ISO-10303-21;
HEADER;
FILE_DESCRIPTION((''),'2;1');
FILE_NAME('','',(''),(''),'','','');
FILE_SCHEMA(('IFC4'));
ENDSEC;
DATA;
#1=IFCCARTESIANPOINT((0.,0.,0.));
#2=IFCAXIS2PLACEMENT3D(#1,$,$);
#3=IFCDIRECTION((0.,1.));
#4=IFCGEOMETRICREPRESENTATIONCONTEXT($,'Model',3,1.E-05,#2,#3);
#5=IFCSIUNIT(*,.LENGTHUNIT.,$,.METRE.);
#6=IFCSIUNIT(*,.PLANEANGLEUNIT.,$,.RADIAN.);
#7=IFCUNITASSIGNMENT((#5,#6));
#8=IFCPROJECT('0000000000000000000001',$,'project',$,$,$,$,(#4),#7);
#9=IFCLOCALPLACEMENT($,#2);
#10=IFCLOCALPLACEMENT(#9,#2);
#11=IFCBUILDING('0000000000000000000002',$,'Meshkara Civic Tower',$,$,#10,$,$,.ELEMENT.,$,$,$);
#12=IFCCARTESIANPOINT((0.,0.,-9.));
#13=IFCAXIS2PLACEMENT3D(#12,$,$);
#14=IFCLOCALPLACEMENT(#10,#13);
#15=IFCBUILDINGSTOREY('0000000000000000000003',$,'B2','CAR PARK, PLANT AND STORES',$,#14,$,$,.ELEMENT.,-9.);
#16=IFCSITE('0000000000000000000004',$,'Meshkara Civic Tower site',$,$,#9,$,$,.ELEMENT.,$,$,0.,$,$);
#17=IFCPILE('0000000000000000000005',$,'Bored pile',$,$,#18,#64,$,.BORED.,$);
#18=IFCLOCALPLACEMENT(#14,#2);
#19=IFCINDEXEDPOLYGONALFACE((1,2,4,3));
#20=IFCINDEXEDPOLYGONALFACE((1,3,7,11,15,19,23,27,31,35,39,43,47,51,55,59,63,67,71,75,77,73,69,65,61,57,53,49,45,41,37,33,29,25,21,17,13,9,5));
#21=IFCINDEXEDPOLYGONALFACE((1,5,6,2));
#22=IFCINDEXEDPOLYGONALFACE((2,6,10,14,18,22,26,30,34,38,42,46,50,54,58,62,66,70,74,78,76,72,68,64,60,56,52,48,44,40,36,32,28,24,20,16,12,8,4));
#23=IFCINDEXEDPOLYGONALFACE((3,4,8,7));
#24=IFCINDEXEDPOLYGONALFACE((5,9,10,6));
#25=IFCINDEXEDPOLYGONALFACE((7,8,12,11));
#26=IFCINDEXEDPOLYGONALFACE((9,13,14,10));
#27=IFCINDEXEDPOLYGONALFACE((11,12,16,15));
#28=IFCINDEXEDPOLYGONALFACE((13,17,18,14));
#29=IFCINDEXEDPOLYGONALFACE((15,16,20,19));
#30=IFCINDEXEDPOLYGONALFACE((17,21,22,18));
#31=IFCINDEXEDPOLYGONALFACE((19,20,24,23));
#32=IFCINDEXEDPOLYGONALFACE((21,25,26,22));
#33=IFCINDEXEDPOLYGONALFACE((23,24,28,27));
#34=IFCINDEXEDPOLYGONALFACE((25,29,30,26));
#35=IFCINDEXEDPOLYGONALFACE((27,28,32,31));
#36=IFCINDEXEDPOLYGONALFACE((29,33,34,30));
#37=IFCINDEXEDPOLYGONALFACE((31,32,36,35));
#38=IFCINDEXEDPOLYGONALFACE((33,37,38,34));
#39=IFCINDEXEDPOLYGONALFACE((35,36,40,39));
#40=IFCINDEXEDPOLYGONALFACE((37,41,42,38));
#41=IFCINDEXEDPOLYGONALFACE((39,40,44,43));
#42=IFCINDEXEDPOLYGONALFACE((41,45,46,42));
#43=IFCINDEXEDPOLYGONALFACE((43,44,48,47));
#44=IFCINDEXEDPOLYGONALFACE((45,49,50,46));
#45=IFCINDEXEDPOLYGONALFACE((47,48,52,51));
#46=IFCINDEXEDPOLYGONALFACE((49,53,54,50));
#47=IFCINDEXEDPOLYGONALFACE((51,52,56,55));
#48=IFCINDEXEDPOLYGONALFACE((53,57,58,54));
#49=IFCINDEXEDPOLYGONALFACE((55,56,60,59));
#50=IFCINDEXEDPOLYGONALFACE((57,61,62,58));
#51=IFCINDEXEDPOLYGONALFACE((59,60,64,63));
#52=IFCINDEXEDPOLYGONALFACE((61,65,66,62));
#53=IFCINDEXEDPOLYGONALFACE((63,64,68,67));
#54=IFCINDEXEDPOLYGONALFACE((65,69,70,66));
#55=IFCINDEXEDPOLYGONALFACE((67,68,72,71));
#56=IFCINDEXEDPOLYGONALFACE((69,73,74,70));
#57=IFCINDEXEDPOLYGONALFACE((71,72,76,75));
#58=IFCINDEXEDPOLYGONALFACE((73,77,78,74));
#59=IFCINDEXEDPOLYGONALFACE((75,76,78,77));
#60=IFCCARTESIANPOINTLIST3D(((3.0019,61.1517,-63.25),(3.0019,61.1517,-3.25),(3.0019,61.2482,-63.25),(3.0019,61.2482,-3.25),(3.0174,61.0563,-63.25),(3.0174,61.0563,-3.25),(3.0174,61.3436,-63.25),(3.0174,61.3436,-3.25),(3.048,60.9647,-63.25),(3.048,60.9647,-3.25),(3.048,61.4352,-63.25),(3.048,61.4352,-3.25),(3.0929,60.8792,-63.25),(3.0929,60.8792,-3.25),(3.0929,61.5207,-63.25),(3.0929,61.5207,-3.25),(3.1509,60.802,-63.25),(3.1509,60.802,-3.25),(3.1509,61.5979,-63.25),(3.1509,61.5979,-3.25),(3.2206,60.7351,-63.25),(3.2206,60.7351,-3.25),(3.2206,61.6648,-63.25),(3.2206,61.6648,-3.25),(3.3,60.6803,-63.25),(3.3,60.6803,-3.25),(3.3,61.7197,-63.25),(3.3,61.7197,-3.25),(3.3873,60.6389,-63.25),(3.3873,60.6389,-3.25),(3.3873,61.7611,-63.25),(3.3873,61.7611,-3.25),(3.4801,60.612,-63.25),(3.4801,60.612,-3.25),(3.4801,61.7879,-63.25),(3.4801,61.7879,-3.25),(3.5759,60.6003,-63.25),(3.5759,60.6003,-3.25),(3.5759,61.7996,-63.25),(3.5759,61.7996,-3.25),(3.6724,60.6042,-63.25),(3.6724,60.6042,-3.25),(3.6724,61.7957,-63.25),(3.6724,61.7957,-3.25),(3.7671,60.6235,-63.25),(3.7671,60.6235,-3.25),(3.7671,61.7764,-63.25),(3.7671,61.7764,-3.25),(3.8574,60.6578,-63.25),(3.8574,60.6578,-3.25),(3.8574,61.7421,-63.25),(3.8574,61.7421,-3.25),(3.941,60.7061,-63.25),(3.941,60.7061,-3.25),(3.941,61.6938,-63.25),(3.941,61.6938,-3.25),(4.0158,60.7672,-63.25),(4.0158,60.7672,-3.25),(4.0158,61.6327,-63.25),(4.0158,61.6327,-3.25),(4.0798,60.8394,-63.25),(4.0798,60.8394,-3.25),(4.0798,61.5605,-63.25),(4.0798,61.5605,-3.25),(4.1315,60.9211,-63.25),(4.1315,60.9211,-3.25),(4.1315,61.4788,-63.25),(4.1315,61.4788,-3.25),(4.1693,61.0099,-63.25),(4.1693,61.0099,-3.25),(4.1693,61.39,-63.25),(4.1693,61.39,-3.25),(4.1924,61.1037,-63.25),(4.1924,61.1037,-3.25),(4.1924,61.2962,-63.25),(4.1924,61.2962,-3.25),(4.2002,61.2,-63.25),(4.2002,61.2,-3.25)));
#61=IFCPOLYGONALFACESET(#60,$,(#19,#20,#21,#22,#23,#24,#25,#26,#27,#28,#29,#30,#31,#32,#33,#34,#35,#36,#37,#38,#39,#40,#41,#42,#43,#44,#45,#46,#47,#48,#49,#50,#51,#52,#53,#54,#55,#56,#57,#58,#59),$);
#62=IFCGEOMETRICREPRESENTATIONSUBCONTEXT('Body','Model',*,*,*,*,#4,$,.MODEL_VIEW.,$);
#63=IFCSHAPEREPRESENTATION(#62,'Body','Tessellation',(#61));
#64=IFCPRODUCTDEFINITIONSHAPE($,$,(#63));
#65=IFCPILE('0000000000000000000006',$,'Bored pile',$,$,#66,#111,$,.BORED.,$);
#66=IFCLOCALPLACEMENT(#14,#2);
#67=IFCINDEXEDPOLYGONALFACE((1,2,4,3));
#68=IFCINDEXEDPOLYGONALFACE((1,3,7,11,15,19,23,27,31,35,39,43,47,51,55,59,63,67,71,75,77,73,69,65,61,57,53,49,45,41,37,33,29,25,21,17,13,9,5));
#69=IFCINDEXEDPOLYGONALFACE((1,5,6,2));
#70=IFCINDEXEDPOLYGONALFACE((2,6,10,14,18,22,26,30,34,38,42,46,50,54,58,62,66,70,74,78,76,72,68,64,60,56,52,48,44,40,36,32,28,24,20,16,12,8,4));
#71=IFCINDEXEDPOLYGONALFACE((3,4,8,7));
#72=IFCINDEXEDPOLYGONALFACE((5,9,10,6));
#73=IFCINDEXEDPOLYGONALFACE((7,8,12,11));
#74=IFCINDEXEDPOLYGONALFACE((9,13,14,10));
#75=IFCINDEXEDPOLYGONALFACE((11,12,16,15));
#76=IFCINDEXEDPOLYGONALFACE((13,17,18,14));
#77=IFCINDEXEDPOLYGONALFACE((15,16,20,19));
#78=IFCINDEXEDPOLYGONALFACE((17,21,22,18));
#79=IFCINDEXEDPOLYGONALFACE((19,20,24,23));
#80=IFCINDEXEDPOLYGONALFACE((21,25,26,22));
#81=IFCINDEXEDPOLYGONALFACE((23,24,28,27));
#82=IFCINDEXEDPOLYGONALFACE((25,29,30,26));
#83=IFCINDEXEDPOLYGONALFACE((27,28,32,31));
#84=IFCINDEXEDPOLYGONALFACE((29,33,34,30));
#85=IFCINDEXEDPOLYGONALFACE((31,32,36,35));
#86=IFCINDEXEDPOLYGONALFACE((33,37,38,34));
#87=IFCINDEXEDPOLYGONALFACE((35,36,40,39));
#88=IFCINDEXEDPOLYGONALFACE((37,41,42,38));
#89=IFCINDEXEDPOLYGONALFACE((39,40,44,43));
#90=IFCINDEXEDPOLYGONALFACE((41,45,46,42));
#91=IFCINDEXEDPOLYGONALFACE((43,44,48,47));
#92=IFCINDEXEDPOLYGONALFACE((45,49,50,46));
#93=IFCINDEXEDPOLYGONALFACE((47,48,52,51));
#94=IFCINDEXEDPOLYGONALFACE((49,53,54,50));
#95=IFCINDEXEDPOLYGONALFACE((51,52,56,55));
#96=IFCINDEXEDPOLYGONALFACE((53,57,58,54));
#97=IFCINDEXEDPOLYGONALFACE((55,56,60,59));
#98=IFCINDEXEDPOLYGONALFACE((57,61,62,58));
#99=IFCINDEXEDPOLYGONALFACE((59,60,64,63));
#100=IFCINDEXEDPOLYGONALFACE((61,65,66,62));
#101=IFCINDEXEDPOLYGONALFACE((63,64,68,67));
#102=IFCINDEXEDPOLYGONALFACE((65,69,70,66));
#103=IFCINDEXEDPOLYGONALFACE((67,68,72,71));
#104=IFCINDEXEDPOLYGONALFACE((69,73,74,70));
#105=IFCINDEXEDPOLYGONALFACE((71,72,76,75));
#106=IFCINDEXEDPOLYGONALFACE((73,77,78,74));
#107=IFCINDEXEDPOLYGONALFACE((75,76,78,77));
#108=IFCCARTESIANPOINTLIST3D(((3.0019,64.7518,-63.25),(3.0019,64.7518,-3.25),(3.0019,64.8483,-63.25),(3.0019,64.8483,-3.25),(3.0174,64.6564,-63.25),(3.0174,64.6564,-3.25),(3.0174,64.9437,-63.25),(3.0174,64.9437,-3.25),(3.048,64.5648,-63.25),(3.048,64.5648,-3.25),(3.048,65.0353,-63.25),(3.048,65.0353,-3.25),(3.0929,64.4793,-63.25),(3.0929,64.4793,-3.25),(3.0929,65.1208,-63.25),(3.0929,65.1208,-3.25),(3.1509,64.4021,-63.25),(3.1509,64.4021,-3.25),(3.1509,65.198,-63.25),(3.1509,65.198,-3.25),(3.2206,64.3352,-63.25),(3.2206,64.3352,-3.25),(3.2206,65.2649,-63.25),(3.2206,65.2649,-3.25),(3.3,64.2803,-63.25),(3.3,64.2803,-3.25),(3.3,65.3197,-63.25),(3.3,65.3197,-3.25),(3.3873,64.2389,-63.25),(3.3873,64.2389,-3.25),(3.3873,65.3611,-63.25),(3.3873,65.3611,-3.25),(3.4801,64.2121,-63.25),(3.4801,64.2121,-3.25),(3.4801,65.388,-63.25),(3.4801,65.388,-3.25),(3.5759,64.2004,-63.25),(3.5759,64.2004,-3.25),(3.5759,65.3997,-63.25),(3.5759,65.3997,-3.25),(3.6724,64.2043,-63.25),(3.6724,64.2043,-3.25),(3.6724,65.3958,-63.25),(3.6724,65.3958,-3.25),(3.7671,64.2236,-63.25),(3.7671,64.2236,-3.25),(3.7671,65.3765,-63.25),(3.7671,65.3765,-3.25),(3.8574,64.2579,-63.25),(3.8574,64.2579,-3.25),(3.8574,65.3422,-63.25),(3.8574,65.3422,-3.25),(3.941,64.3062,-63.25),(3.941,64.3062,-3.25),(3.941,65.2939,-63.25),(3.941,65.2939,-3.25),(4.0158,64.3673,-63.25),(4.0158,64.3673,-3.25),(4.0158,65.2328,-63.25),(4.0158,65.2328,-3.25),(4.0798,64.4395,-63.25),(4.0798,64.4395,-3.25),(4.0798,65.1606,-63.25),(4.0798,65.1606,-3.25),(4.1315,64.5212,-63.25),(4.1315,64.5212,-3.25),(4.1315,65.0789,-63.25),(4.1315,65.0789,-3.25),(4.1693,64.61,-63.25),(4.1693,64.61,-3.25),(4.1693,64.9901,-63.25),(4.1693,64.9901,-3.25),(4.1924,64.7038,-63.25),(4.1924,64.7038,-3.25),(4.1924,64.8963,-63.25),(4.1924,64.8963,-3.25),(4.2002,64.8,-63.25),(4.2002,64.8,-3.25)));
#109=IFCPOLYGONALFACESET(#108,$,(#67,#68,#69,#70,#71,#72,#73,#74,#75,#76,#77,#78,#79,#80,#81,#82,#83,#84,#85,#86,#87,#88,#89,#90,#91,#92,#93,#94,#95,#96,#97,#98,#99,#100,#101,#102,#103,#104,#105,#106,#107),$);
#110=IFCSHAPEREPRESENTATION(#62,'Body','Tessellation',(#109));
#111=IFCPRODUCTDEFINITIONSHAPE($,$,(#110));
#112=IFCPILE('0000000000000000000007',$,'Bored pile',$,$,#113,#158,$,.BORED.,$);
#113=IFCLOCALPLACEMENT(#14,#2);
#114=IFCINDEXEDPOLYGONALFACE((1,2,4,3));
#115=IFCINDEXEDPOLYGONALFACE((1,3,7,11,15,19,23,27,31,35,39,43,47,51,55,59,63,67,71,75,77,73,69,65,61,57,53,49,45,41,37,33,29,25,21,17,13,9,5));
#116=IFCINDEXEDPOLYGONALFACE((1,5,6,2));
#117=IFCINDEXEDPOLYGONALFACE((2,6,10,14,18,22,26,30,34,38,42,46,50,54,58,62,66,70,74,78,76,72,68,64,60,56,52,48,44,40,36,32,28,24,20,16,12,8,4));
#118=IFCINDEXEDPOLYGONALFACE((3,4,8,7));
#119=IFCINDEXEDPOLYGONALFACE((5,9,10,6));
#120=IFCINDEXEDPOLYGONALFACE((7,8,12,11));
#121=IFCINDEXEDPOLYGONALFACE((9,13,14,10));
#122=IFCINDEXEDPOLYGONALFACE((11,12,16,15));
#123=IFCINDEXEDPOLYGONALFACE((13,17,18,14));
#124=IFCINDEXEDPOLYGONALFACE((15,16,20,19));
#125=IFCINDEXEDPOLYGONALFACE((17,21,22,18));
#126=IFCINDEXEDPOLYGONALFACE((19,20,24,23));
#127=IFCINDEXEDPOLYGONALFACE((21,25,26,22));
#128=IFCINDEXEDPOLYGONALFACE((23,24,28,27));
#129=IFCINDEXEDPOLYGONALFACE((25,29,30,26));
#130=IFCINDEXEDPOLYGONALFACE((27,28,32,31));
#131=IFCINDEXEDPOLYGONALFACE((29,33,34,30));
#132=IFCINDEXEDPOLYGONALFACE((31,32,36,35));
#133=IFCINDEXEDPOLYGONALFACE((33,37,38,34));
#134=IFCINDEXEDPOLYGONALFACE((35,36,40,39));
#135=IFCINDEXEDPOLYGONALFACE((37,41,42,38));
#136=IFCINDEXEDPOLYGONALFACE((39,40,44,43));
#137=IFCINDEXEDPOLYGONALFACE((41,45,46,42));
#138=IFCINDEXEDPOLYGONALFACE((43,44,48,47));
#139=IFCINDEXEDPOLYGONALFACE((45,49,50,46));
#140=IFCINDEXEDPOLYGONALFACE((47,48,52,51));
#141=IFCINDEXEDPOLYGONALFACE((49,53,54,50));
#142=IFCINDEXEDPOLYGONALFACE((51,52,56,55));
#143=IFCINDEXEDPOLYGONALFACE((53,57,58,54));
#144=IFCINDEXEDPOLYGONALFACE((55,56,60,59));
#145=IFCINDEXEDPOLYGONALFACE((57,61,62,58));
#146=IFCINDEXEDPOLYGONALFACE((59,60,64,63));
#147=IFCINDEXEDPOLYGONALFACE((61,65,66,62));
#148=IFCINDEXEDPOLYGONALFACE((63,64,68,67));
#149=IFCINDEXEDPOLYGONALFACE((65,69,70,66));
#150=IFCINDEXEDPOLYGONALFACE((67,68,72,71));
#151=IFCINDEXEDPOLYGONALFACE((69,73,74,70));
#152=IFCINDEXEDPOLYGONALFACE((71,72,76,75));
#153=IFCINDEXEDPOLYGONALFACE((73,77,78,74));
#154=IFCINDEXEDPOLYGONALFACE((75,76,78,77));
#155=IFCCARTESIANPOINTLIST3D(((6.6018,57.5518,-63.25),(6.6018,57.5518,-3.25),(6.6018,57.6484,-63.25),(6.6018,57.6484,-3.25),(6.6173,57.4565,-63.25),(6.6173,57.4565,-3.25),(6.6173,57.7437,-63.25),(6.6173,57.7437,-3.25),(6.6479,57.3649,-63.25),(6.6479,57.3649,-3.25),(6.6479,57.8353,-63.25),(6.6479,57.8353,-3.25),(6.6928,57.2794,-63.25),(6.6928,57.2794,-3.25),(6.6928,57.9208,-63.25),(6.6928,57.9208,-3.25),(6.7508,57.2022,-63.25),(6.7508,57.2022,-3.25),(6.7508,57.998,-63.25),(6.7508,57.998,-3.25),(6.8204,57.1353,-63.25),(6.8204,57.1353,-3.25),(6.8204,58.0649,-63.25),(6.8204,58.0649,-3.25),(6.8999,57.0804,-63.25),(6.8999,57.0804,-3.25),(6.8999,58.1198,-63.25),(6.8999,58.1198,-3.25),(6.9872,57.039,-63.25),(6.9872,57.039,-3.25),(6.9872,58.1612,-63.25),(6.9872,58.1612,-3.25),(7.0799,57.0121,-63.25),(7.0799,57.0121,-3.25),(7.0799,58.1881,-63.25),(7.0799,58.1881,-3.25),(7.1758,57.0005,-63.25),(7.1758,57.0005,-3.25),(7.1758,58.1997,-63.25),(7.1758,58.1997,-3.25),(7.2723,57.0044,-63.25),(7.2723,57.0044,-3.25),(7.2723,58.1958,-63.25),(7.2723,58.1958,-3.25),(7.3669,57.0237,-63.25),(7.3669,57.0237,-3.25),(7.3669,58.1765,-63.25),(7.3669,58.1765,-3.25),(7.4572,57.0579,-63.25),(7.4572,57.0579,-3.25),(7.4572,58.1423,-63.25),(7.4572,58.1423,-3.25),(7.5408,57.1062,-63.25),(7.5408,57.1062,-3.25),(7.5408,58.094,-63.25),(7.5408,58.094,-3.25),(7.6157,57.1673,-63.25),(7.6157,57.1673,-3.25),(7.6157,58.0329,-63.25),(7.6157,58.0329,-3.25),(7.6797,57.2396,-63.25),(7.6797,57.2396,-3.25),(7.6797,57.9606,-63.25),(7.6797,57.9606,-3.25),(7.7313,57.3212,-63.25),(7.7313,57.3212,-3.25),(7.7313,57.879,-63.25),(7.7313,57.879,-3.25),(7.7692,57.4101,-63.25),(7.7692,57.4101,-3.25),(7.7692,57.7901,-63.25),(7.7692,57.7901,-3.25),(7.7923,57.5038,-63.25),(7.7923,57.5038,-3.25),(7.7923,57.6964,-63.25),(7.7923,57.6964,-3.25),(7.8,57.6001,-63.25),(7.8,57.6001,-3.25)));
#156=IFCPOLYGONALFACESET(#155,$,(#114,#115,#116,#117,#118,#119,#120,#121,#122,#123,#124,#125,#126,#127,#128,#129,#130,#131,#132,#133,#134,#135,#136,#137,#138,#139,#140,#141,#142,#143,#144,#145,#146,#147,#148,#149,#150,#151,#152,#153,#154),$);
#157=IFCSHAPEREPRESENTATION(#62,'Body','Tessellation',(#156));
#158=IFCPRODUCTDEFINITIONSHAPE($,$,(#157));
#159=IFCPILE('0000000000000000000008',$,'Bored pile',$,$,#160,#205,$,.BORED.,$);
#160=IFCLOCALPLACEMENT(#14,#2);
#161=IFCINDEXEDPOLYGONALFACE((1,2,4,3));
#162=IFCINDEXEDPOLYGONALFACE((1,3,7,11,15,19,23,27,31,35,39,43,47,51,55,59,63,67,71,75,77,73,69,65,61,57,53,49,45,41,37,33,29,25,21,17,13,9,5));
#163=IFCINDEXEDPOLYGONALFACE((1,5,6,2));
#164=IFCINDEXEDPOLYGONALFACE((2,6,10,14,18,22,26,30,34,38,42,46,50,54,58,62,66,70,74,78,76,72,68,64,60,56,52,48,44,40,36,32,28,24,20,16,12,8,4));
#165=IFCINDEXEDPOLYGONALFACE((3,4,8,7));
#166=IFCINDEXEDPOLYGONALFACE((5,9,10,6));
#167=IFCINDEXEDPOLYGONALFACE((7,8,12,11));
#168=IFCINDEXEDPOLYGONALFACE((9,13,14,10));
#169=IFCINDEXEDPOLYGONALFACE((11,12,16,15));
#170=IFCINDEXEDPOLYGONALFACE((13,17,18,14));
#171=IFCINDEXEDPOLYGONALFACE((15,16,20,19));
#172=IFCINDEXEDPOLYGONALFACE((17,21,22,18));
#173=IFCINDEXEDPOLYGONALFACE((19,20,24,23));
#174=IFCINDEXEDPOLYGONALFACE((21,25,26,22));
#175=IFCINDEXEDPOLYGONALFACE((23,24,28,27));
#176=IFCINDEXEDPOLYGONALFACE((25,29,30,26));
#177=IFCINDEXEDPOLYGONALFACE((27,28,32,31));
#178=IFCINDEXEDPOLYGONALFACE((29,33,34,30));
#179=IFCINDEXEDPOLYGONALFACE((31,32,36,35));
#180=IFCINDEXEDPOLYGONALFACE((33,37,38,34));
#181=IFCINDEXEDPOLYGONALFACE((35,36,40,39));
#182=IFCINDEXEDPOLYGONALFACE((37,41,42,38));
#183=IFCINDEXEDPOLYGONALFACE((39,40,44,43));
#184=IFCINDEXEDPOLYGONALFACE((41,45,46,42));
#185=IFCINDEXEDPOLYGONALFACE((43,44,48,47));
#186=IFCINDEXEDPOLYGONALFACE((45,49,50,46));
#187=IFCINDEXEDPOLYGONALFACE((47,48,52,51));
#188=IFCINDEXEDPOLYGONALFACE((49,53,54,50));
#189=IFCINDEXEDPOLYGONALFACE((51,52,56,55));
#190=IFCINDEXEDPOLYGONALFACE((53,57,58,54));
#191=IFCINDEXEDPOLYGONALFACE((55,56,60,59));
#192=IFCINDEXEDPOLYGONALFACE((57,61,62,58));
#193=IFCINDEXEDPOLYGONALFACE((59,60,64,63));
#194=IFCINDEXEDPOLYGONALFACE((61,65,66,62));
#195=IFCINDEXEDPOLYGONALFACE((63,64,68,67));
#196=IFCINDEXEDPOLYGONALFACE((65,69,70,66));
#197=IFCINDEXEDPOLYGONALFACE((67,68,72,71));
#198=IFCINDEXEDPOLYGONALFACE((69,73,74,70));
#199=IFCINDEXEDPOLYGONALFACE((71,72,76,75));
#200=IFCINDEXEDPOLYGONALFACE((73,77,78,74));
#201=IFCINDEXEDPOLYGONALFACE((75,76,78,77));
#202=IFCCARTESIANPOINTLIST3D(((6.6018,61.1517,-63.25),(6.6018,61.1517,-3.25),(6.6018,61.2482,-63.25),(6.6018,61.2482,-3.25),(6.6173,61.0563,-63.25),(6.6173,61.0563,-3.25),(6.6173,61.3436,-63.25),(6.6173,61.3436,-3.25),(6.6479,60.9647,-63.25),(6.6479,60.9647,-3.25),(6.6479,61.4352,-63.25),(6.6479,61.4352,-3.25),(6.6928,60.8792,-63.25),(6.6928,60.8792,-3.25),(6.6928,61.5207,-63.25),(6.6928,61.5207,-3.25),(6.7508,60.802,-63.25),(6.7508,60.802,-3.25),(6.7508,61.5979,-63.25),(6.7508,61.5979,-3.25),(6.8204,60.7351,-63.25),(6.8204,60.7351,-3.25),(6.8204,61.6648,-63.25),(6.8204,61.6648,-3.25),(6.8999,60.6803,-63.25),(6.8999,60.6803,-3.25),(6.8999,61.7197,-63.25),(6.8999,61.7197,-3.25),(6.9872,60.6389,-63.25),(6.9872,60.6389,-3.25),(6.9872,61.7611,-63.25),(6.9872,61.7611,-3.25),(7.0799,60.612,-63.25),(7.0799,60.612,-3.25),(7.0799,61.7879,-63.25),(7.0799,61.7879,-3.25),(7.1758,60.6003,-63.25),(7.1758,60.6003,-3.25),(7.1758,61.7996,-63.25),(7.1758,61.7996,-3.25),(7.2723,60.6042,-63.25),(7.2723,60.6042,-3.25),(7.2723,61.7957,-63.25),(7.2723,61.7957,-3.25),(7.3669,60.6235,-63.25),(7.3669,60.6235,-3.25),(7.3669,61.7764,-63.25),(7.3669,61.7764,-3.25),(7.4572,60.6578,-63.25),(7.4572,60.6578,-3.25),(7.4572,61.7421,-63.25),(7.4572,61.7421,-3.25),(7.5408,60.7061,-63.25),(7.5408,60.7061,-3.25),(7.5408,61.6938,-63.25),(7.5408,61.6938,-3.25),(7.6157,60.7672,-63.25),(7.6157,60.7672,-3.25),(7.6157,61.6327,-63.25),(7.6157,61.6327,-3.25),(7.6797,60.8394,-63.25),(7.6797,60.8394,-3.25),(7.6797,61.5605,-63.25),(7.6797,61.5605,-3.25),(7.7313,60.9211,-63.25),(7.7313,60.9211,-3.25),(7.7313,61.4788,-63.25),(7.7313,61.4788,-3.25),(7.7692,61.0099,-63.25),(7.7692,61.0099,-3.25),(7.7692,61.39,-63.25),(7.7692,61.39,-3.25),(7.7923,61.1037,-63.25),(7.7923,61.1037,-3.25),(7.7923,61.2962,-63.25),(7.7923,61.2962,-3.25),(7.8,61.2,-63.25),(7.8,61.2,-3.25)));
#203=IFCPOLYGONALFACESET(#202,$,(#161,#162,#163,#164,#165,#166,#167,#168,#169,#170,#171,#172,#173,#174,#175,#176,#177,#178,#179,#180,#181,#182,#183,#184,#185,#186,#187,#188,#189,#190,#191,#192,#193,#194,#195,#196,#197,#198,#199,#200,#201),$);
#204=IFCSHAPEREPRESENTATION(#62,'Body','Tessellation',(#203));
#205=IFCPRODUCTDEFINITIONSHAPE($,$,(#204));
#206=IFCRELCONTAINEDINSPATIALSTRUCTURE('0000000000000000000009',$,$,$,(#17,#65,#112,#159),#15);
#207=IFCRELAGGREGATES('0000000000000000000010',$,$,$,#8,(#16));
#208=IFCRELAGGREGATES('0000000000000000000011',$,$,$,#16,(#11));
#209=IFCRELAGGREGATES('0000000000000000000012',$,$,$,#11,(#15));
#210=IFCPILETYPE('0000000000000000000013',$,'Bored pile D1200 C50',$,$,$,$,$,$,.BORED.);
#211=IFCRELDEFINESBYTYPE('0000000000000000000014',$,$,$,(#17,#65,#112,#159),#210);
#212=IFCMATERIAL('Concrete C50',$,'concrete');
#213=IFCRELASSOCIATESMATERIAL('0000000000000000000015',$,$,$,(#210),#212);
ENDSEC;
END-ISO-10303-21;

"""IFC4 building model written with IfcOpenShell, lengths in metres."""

from ifc_helpers import new_model, si_unit, direction, frame, origin, origin_2d, place, context, subcontext, project, spatial, circle, extrude, material, material_profile, profile_set, type_object, element, save


model = new_model("IFC4")

# Units and contexts
model_context = context("Model", 3, precision=1e-05, world=origin(), true_north=direction((0.0, 1.0)))
body_context = subcontext(model_context, "Body", "Model", "MODEL_VIEW")
ifc_project = project(units=[si_unit("LENGTHUNIT", "METRE"), si_unit("PLANEANGLEUNIT", "RADIAN")], contexts=[model_context])

# Site, building, storey
site_placement = place(None, origin())
site = spatial("IfcSite", under=ifc_project, at=site_placement, Name="Meshkara Civic Tower site", CompositionType="ELEMENT", RefElevation=0.0)
building_placement = place(site_placement, origin())
building = spatial("IfcBuilding", under=site, at=building_placement, Name="Meshkara Civic Tower", CompositionType="ELEMENT")
storey_placement = place(building_placement, frame((0.0, 0.0, -9.0)))
storey = spatial("IfcBuildingStorey", under=building, at=storey_placement, Name="B2", Description="CAR PARK, PLANT AND STORES", CompositionType="ELEMENT", Elevation=-9.0)

# Piles
ifc_material_1 = material(Name="Concrete C50", Category="concrete")
ifc_material_profile_1 = material_profile(ifc_material_1, circle(Radius=0.6001, at=origin_2d()))
ifc_profile_set_1 = profile_set([ifc_material_profile_1], Name="Concrete C50")
pile_type = type_object("IfcPileType", Name="Bored pile D1200 C50", PredefinedType="BORED", material=ifc_profile_set_1)
for number, where, z_axis, x_axis, name in (
    (1, (3.6001, 61.2, -3.25), (0.0, 0.0, -1.0), (1.0, 0.0, 0.0), "Bored pile"),
    (2, (3.6001, 64.8, -3.25), (0.0, 0.0, -1.0), (1.0, 0.0, 0.0), "Bored pile"),
    (3, (7.2, 57.6001, -3.25), (0.0, 0.0, -1.0), (1.0, 0.0, 0.0), "Bored pile"),
    (4, (7.2, 61.2, -3.25), (0.0, 0.0, -1.0), (1.0, 0.0, 0.0), "Bored pile"),
):
    element("IfcPile", number, at=place(storey_placement, frame(where, z_axis=z_axis, x_axis=x_axis)), inside=storey, type_object=pile_type, Name=name, PredefinedType="BORED", context=body_context, shape_type="SweptSolid", body=[
        extrude(circle(Radius=0.6001, at=origin_2d()), origin(), (0.0, 0.0, 1.0), 60.0),
    ])

save(model, "model.ifc")
